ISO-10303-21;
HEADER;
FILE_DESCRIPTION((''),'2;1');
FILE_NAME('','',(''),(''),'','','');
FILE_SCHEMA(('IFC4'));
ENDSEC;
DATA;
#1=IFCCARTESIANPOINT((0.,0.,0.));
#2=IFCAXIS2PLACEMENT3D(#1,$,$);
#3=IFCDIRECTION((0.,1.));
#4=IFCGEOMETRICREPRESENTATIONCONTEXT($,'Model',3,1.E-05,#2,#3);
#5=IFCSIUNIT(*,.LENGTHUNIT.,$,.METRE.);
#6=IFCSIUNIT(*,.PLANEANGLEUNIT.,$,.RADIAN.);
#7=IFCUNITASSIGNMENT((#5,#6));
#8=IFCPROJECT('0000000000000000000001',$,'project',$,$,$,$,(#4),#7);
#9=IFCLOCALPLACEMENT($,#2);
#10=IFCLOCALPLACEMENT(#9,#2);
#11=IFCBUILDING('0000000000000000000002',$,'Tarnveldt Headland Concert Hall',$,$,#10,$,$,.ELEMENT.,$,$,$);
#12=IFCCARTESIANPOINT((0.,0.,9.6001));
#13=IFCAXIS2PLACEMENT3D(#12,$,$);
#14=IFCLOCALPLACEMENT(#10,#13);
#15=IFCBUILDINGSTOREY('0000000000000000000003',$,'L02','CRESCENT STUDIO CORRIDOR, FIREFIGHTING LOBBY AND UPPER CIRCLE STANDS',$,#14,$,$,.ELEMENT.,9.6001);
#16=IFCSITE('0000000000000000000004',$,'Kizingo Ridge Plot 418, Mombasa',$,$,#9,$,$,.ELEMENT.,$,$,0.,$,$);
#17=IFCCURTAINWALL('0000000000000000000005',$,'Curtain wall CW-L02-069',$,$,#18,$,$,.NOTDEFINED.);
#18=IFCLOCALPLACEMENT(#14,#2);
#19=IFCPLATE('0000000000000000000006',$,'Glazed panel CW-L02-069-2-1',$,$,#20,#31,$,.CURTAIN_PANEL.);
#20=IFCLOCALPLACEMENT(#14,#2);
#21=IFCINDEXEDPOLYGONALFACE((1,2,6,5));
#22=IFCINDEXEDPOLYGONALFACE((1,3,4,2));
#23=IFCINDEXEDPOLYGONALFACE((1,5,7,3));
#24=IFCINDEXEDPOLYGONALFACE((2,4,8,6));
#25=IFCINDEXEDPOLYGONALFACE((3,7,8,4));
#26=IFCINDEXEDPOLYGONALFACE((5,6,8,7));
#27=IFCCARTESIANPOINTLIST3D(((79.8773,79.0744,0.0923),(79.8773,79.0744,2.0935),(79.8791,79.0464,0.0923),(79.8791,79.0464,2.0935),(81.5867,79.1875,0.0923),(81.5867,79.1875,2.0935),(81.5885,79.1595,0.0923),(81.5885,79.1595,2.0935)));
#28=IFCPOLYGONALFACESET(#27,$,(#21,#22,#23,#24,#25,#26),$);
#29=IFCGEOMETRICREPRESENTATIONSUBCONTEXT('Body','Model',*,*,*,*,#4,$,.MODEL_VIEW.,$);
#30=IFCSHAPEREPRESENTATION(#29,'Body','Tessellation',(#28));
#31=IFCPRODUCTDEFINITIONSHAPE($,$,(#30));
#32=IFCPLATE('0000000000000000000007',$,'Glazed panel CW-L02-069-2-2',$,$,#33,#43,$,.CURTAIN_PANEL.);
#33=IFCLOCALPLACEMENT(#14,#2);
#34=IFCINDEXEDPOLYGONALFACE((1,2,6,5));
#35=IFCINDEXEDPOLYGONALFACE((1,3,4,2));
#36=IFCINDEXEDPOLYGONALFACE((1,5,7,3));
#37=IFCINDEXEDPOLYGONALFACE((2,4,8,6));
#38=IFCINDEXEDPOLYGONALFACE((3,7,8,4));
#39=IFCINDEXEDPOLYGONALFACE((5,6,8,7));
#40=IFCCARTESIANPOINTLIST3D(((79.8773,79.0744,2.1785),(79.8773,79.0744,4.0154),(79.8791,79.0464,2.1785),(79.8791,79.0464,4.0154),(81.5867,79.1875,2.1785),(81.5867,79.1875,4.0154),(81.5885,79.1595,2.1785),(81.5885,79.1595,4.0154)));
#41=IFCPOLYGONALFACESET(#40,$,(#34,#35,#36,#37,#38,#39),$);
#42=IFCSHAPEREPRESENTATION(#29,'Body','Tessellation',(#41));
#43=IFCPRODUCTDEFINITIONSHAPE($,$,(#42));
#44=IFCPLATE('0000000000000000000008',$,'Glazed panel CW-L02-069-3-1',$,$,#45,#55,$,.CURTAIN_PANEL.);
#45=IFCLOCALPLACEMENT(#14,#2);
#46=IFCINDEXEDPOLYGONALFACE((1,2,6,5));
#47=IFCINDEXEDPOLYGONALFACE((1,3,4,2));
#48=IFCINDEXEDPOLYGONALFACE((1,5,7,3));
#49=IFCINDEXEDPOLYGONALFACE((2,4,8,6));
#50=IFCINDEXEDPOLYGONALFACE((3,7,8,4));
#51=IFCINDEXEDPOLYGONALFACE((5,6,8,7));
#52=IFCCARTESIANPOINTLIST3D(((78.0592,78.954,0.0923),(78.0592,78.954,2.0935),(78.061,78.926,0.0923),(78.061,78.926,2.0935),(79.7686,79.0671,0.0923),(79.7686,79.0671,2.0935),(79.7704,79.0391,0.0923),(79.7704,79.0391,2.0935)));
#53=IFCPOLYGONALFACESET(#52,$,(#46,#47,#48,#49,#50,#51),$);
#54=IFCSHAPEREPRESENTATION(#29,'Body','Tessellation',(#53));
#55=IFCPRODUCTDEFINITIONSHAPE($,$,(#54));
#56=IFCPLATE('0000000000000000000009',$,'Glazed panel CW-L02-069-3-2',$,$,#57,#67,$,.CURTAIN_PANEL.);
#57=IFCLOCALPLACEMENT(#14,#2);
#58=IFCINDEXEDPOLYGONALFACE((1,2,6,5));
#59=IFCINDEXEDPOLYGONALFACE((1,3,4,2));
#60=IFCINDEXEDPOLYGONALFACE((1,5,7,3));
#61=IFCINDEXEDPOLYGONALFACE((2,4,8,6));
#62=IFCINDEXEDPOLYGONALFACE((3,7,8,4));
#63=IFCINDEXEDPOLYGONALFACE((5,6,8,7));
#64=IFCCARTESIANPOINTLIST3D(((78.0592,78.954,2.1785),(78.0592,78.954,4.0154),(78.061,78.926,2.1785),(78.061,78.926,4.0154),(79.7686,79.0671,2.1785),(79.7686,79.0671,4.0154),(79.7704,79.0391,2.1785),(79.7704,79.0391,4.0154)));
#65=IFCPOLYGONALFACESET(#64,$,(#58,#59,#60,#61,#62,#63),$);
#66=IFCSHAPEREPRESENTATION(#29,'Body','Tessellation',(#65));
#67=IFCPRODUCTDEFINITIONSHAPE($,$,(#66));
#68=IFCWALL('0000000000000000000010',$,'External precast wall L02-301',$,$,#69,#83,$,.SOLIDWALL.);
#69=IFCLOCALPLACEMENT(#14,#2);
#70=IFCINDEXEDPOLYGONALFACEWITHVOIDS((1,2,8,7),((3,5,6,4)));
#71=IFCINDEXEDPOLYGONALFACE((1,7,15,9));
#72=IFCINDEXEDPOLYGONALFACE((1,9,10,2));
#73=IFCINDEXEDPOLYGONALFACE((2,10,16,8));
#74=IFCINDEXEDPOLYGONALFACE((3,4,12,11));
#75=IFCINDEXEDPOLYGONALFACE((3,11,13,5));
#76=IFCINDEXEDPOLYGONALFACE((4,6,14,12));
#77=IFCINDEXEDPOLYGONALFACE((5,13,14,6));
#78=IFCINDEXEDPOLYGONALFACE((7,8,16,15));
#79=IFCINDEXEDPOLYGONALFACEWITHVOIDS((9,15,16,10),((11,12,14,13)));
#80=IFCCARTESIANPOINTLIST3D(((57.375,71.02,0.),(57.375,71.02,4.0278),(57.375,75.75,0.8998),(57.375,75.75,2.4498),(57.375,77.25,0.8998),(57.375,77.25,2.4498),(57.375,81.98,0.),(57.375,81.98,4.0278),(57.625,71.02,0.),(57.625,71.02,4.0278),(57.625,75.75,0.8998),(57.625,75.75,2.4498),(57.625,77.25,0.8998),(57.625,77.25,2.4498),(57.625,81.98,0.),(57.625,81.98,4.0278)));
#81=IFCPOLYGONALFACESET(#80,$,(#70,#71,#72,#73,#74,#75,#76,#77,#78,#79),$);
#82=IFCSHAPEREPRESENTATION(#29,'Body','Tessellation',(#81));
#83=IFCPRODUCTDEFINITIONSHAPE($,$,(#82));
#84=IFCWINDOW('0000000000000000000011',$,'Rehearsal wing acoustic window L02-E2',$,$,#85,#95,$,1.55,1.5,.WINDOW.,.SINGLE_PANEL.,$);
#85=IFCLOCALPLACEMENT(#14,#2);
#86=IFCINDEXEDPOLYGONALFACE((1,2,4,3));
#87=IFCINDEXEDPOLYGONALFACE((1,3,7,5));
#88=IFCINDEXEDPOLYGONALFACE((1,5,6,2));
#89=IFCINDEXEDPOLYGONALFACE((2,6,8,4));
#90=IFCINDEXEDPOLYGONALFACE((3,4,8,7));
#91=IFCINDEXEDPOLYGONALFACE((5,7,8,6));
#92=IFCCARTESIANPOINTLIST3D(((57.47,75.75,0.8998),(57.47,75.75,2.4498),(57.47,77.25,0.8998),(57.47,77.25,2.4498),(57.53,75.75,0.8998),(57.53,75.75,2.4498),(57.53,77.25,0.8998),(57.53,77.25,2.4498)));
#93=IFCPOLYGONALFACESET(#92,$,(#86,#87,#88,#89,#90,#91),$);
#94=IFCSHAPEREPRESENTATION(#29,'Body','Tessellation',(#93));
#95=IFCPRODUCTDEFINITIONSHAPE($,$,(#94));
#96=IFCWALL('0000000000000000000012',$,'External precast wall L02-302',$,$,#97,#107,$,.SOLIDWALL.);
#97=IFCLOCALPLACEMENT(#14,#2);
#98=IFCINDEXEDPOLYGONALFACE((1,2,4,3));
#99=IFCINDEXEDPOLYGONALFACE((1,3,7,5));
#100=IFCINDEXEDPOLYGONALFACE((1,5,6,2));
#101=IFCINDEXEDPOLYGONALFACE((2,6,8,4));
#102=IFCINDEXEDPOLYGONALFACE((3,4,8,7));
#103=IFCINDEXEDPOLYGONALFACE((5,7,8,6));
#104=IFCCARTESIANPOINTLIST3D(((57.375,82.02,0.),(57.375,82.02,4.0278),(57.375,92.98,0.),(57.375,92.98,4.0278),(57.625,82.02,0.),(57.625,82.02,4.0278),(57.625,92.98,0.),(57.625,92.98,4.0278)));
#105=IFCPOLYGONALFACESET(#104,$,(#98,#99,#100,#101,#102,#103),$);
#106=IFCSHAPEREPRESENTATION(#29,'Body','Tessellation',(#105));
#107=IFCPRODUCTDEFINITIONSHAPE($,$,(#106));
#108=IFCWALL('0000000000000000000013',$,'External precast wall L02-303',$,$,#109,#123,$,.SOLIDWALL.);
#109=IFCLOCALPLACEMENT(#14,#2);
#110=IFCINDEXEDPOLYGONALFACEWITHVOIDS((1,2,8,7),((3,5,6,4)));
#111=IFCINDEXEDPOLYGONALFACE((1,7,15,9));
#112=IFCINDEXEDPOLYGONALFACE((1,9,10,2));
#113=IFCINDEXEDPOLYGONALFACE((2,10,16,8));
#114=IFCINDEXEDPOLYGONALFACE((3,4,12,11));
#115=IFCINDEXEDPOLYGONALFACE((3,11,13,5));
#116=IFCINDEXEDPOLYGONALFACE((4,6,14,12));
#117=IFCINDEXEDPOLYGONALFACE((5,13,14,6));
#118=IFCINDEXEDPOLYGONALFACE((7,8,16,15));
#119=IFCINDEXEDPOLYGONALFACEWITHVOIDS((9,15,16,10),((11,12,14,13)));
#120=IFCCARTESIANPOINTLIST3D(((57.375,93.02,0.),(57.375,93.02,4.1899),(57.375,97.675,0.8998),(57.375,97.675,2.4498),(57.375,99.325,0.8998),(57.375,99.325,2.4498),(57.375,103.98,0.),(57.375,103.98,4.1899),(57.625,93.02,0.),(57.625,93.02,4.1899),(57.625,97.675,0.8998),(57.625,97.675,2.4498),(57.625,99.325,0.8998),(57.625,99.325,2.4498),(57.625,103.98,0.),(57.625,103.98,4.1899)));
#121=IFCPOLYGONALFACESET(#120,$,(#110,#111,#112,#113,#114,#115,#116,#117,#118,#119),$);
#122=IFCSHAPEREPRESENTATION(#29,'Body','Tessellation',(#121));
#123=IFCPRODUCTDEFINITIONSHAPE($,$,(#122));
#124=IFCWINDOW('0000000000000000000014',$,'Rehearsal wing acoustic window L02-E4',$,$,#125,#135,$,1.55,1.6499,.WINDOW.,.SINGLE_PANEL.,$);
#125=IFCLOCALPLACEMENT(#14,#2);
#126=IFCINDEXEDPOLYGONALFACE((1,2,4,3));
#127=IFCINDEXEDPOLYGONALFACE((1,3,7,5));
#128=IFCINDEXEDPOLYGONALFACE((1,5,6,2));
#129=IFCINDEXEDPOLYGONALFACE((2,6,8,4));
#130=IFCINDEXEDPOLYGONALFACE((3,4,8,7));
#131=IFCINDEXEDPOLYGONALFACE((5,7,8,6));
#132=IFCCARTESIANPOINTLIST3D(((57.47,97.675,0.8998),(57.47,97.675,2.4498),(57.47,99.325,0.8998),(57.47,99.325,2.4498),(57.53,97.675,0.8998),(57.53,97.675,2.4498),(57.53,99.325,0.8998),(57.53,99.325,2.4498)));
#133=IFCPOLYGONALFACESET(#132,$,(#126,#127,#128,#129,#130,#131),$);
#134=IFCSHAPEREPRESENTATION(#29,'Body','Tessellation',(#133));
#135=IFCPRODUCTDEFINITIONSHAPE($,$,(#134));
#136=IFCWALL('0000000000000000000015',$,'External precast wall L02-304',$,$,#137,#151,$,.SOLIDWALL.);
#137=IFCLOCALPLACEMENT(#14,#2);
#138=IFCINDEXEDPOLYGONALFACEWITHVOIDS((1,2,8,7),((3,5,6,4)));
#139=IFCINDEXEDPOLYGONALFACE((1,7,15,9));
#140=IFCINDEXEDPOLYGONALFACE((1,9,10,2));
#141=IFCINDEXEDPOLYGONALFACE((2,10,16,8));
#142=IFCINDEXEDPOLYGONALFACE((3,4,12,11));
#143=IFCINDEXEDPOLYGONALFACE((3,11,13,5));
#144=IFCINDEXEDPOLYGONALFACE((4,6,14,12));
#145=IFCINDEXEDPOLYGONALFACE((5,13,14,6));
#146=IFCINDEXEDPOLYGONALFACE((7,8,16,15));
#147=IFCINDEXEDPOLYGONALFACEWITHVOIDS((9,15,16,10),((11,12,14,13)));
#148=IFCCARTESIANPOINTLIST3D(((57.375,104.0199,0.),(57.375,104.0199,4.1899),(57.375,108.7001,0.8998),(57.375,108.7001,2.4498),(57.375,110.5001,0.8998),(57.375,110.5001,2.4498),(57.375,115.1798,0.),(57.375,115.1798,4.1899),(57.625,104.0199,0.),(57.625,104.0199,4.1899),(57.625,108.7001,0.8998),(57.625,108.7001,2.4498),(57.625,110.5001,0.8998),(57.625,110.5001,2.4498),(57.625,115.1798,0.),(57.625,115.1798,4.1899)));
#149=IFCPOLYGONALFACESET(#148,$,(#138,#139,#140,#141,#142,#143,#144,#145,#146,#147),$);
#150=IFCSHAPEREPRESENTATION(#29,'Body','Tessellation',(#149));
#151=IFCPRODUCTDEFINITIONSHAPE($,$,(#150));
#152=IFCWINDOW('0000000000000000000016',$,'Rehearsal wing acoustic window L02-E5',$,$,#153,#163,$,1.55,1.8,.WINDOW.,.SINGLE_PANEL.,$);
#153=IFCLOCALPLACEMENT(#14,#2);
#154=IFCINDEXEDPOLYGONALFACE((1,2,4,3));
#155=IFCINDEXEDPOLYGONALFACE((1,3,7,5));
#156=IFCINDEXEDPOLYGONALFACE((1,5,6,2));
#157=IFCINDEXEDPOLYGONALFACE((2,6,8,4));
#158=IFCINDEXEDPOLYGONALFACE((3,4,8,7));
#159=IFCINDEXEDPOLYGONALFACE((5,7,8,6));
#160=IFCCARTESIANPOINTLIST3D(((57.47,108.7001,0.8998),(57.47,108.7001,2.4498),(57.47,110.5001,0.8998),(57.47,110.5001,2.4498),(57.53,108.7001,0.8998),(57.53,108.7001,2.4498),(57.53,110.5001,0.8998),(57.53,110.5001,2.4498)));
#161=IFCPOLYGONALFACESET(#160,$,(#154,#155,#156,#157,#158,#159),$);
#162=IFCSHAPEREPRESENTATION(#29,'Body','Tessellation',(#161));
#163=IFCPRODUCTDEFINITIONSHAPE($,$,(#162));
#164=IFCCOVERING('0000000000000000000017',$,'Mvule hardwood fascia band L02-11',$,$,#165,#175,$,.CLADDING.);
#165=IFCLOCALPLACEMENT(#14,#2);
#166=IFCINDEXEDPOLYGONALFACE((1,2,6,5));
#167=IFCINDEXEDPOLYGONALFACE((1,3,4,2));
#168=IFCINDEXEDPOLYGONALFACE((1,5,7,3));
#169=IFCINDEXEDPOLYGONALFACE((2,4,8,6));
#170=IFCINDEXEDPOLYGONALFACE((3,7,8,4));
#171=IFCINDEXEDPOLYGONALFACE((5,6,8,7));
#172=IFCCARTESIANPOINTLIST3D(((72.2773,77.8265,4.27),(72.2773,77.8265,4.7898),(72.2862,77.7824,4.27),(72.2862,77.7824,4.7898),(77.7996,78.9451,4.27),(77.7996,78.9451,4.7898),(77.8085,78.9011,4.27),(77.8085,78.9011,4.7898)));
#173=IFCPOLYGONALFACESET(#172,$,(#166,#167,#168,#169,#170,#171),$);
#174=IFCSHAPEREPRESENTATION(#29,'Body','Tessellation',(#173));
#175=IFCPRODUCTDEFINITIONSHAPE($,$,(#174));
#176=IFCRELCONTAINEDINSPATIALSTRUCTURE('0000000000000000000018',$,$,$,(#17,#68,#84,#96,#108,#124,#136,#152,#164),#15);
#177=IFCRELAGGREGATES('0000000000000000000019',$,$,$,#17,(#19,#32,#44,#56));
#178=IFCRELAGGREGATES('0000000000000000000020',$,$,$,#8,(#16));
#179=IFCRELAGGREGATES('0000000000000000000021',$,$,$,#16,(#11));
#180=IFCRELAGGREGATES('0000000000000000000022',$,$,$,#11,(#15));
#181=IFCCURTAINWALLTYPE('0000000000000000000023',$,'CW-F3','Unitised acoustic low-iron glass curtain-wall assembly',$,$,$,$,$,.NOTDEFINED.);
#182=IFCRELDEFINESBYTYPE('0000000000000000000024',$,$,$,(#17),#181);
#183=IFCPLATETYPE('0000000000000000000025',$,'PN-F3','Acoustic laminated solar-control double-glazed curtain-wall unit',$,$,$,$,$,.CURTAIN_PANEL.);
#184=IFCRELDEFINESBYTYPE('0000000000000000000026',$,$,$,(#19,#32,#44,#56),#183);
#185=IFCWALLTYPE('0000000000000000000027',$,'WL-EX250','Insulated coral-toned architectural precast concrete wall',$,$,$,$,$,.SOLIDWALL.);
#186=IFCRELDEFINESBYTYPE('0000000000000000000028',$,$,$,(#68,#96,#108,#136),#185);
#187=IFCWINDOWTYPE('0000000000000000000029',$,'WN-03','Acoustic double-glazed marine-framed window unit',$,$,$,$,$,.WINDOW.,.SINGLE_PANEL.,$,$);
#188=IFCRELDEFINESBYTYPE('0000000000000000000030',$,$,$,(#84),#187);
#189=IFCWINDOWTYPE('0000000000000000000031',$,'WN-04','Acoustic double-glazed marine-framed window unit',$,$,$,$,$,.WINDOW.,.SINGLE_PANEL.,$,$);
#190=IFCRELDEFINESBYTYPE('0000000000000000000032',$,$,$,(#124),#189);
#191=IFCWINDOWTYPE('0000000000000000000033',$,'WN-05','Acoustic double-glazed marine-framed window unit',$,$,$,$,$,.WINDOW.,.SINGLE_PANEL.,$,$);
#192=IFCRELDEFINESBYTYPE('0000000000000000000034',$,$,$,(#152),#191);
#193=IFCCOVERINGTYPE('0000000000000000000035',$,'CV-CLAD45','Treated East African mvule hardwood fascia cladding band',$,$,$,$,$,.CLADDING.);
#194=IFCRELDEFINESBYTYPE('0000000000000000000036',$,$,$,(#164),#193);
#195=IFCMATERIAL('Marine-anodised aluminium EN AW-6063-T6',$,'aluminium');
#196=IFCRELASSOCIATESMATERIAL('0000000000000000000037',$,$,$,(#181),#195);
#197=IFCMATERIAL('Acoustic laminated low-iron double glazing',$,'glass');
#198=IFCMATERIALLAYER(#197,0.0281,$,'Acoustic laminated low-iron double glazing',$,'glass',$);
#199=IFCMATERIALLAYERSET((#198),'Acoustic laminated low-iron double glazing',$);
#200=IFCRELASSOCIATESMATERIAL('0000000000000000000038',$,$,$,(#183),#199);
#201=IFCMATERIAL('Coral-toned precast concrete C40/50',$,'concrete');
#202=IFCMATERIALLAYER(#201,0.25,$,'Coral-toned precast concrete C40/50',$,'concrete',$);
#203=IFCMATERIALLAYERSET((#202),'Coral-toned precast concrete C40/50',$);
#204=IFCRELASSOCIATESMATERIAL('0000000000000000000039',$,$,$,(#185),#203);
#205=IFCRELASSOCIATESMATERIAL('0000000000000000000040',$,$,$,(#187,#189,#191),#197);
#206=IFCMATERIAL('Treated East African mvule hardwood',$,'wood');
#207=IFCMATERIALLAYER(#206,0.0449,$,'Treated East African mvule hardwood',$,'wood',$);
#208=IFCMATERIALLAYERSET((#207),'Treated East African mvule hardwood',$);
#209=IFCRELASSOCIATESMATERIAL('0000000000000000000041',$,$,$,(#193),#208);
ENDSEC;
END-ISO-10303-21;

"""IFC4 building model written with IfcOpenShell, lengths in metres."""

from ifc_helpers import new_model, si_unit, direction, frame, frame_2d, origin, origin_2d, place, context, subcontext, project, spatial, rectangle, extrude, material, layer, layer_set, type_object, element, fill, aggregate, save


model = new_model("IFC4")

# Units and contexts
model_context = context("Model", 3, precision=1e-05, world=origin(), true_north=direction((0.0, 1.0)))
body_context = subcontext(model_context, "Body", "Model", "MODEL_VIEW")
ifc_project = project(units=[si_unit("LENGTHUNIT", "METRE"), si_unit("PLANEANGLEUNIT", "RADIAN")], contexts=[model_context])

# Site, building, storey
site_placement = place(None, origin())
site = spatial("IfcSite", under=ifc_project, at=site_placement, Name="Kizingo Ridge Plot 418, Mombasa", CompositionType="ELEMENT", RefElevation=0.0)
building_placement = place(site_placement, origin())
building = spatial("IfcBuilding", under=site, at=building_placement, Name="Tarnveldt Headland Concert Hall", CompositionType="ELEMENT")
storey_placement = place(building_placement, frame((0.0, 0.0, 9.6001)))
storey = spatial("IfcBuildingStorey", under=building, at=storey_placement, Name="L02", Description="CRESCENT STUDIO CORRIDOR, FIREFIGHTING LOBBY AND UPPER CIRCLE STANDS", CompositionType="ELEMENT", Elevation=9.6001)

# Curtain wall
ifc_material_1 = material(Name="Marine-anodised aluminium EN AW-6063-T6", Category="aluminium")
curtain_wall_type = type_object("IfcCurtainWallType", Name="CW-F3", Description="Unitised acoustic low-iron glass curtain-wall assembly", PredefinedType="NOTDEFINED", material=ifc_material_1)
curtain_wall_placement = place(storey_placement, origin())
curtain_wall = element("IfcCurtainWall", 1, at=curtain_wall_placement, inside=storey, type_object=curtain_wall_type, Name="Curtain wall CW-L02-069", PredefinedType="NOTDEFINED")

# Plates
ifc_material_2 = material(Name="Acoustic laminated low-iron double glazing", Category="glass")
ifc_layer_1 = layer(ifc_material_2, 0.0281, Name="Acoustic laminated low-iron double glazing", Category="glass")
ifc_layer_set_1 = layer_set([ifc_layer_1], Name="Acoustic laminated low-iron double glazing")
plate_type_1 = type_object("IfcPlateType", Name="PN-F3", Description="Acoustic laminated solar-control double-glazed curtain-wall unit", PredefinedType="CURTAIN_PANEL", material=ifc_layer_set_1)
plate_1_placement = place(storey_placement, frame((80.7329, 79.1169, 0.0923), z_axis=(0.0, 0.0, 1.0), x_axis=(-0.997818, -0.06603, 0.0)))
plate_1 = element("IfcPlate", 2, at=plate_1_placement, type_object=plate_type_1, Name="Glazed panel CW-L02-069-2-1", PredefinedType="CURTAIN_PANEL", context=body_context, shape_type="SweptSolid", body=[
    extrude(rectangle(XDim=1.7131, YDim=0.0281, at=origin_2d()), origin(), (0.0, 0.0, 1.0), 2.0012),
])
plate_2_placement = place(storey_placement, frame((80.7329, 79.1169, 2.1785), z_axis=(0.0, 0.0, 1.0), x_axis=(-0.997818, -0.06603, 0.0)))
plate_2 = element("IfcPlate", 3, at=plate_2_placement, type_object=plate_type_1, Name="Glazed panel CW-L02-069-2-2", PredefinedType="CURTAIN_PANEL", context=body_context, shape_type="SweptSolid", body=[
    extrude(rectangle(XDim=1.7131, YDim=0.0281, at=origin_2d()), origin(), (0.0, 0.0, 1.0), 1.8369),
])
plate_3_placement = place(storey_placement, frame((78.9148, 78.9966, 0.0923), z_axis=(0.0, 0.0, 1.0), x_axis=(-0.997818, -0.06603, 0.0)))
plate_3 = element("IfcPlate", 4, at=plate_3_placement, type_object=plate_type_1, Name="Glazed panel CW-L02-069-3-1", PredefinedType="CURTAIN_PANEL", context=body_context, shape_type="SweptSolid", body=[
    extrude(rectangle(XDim=1.7131, YDim=0.0281, at=origin_2d()), origin(), (0.0, 0.0, 1.0), 2.0012),
])
plate_4_placement = place(storey_placement, frame((78.9148, 78.9966, 2.1785), z_axis=(0.0, 0.0, 1.0), x_axis=(-0.997818, -0.06603, 0.0)))
plate_4 = element("IfcPlate", 5, at=plate_4_placement, type_object=plate_type_1, Name="Glazed panel CW-L02-069-3-2", PredefinedType="CURTAIN_PANEL", context=body_context, shape_type="SweptSolid", body=[
    extrude(rectangle(XDim=1.7131, YDim=0.0281, at=origin_2d()), origin(), (0.0, 0.0, 1.0), 1.8369),
])
aggregate(curtain_wall, [plate_1, plate_2, plate_3, plate_4])

# Wall, opening, window
ifc_material_3 = material(Name="Coral-toned precast concrete C40/50", Category="concrete")
ifc_layer_2 = layer(ifc_material_3, 0.25, Name="Coral-toned precast concrete C40/50", Category="concrete")
ifc_layer_set_2 = layer_set([ifc_layer_2], Name="Coral-toned precast concrete C40/50")
wall_type = type_object("IfcWallType", Name="WL-EX250", Description="Insulated coral-toned architectural precast concrete wall", PredefinedType="SOLIDWALL", material=ifc_layer_set_2)
wall_1_placement = place(storey_placement, frame((57.5, 81.98, 0.0), z_axis=(0.0, 0.0, 1.0), x_axis=(0.0, -1.0, 0.0)))
wall_1 = element("IfcWall", 6, at=wall_1_placement, inside=storey, type_object=wall_type, Name="External precast wall L02-301", PredefinedType="SOLIDWALL", context=body_context, shape_type="SweptSolid", body=[
    extrude(rectangle(XDim=10.96, YDim=0.25, at=frame_2d((5.48, 0.0))), origin(), (0.0, 0.0, 1.0), 4.0278),
])
opening_1_placement = place(wall_1_placement, frame((4.73, 0.0, 0.8999)))
opening_1 = element("IfcOpeningElement", 7, at=opening_1_placement, cuts=wall_1, PredefinedType="OPENING", context=body_context, shape_type="SweptSolid", body=[
    extrude(rectangle(XDim=1.5, YDim=1.55, at=frame_2d((0.75, 0.7749))), frame((0.0, 0.135, 0.0), z_axis=(0.0, -1.0, 0.0), x_axis=(1.0, 0.0, 0.0)), (0.0, 0.0, 1.0), 0.27),
])
window_type_1 = type_object("IfcWindowType", Name="WN-03", Description="Acoustic double-glazed marine-framed window unit", PartitioningType="SINGLE_PANEL", PredefinedType="WINDOW", material=ifc_material_2)
window_1_placement = place(opening_1_placement, origin())
window_1 = element("IfcWindow", 8, at=window_1_placement, inside=storey, type_object=window_type_1, Name="Rehearsal wing acoustic window L02-E2", OverallHeight=1.55, OverallWidth=1.5, PartitioningType="SINGLE_PANEL", PredefinedType="WINDOW", context=body_context, shape_type="SweptSolid", body=[
    extrude(rectangle(XDim=1.5, YDim=1.55, at=frame_2d((0.75, 0.7749))), frame((0.0, 0.03, 0.0), z_axis=(0.0, -1.0, 0.0), x_axis=(1.0, 0.0, 0.0)), (0.0, 0.0, 1.0), 0.0601),
])
fill(opening_1, window_1)

# Wall
wall_2_placement = place(storey_placement, frame((57.5, 92.98, 0.0), z_axis=(0.0, 0.0, 1.0), x_axis=(0.0, -1.0, 0.0)))
element("IfcWall", 9, at=wall_2_placement, inside=storey, type_object=wall_type, Name="External precast wall L02-302", PredefinedType="SOLIDWALL", context=body_context, shape_type="SweptSolid", body=[
    extrude(rectangle(XDim=10.96, YDim=0.25, at=frame_2d((5.48, 0.0))), origin(), (0.0, 0.0, 1.0), 4.0278),
])

# Walls, openings, windows
wall_3_placement = place(storey_placement, frame((57.5, 103.98, 0.0), z_axis=(0.0, 0.0, 1.0), x_axis=(0.0, -1.0, 0.0)))
wall_3 = element("IfcWall", 10, at=wall_3_placement, inside=storey, type_object=wall_type, Name="External precast wall L02-303", PredefinedType="SOLIDWALL", context=body_context, shape_type="SweptSolid", body=[
    extrude(rectangle(XDim=10.96, YDim=0.25, at=frame_2d((5.48, 0.0))), origin(), (0.0, 0.0, 1.0), 4.1899),
])
opening_2_placement = place(wall_3_placement, frame((4.655, 0.0, 0.8999)))
opening_2 = element("IfcOpeningElement", 11, at=opening_2_placement, cuts=wall_3, PredefinedType="OPENING", context=body_context, shape_type="SweptSolid", body=[
    extrude(rectangle(XDim=1.6499, YDim=1.55, at=frame_2d((0.825, 0.7749))), frame((0.0, 0.135, 0.0), z_axis=(0.0, -1.0, 0.0), x_axis=(1.0, 0.0, 0.0)), (0.0, 0.0, 1.0), 0.27),
])
window_type_2 = type_object("IfcWindowType", Name="WN-04", Description="Acoustic double-glazed marine-framed window unit", PartitioningType="SINGLE_PANEL", PredefinedType="WINDOW", material=ifc_material_2)
window_2_placement = place(opening_2_placement, origin())
window_2 = element("IfcWindow", 12, at=window_2_placement, inside=storey, type_object=window_type_2, Name="Rehearsal wing acoustic window L02-E4", OverallHeight=1.55, OverallWidth=1.6499, PartitioningType="SINGLE_PANEL", PredefinedType="WINDOW", context=body_context, shape_type="SweptSolid", body=[
    extrude(rectangle(XDim=1.6499, YDim=1.55, at=frame_2d((0.825, 0.7749))), frame((0.0, 0.03, 0.0), z_axis=(0.0, -1.0, 0.0), x_axis=(1.0, 0.0, 0.0)), (0.0, 0.0, 1.0), 0.0601),
])
fill(opening_2, window_2)
wall_4_placement = place(storey_placement, frame((57.5, 115.1799, 0.0), z_axis=(0.0, 0.0, 1.0), x_axis=(0.0, -1.0, 0.0)))
wall_4 = element("IfcWall", 13, at=wall_4_placement, inside=storey, type_object=wall_type, Name="External precast wall L02-304", PredefinedType="SOLIDWALL", context=body_context, shape_type="SweptSolid", body=[
    extrude(rectangle(XDim=11.1599, YDim=0.25, at=frame_2d((5.5801, 0.0))), origin(), (0.0, 0.0, 1.0), 4.1899),
])
opening_3_placement = place(wall_4_placement, frame((4.6799, 0.0, 0.8999)))
opening_3 = element("IfcOpeningElement", 14, at=opening_3_placement, cuts=wall_4, PredefinedType="OPENING", context=body_context, shape_type="SweptSolid", body=[
    extrude(rectangle(XDim=1.8, YDim=1.55, at=frame_2d((0.8999, 0.7749))), frame((0.0, 0.135, 0.0), z_axis=(0.0, -1.0, 0.0), x_axis=(1.0, 0.0, 0.0)), (0.0, 0.0, 1.0), 0.27),
])
window_type_3 = type_object("IfcWindowType", Name="WN-05", Description="Acoustic double-glazed marine-framed window unit", PartitioningType="SINGLE_PANEL", PredefinedType="WINDOW", material=ifc_material_2)
window_3_placement = place(opening_3_placement, origin())
window_3 = element("IfcWindow", 15, at=window_3_placement, inside=storey, type_object=window_type_3, Name="Rehearsal wing acoustic window L02-E5", OverallHeight=1.55, OverallWidth=1.8, PartitioningType="SINGLE_PANEL", PredefinedType="WINDOW", context=body_context, shape_type="SweptSolid", body=[
    extrude(rectangle(XDim=1.8, YDim=1.55, at=frame_2d((0.8999, 0.7749))), frame((0.0, 0.03, 0.0), z_axis=(0.0, -1.0, 0.0), x_axis=(1.0, 0.0, 0.0)), (0.0, 0.0, 1.0), 0.0601),
])
fill(opening_3, window_3)

# Covering
ifc_material_4 = material(Name="Treated East African mvule hardwood", Category="wood")
ifc_layer_3 = layer(ifc_material_4, 0.0449, Name="Treated East African mvule hardwood", Category="wood")
ifc_layer_set_3 = layer_set([ifc_layer_3], Name="Treated East African mvule hardwood")
covering_type_1 = type_object("IfcCoveringType", Name="CV-CLAD45", Description="Treated East African mvule hardwood fascia cladding band", PredefinedType="CLADDING", material=ifc_layer_set_3)
covering_1_placement = place(storey_placement, frame((77.8042, 78.9231, 4.27), z_axis=(0.0, 0.0, 1.0), x_axis=(-0.980094, -0.198532, 0.0)))
element("IfcCovering", 16, at=covering_1_placement, inside=storey, type_object=covering_type_1, Name="Mvule hardwood fascia band L02-11", PredefinedType="CLADDING", context=body_context, shape_type="SweptSolid", body=[
    extrude(rectangle(XDim=5.6345, YDim=0.0449, at=frame_2d((2.8174, 0.0))), origin(), (0.0, 0.0, 1.0), 0.5198),
])

save(model, "model.ifc")
